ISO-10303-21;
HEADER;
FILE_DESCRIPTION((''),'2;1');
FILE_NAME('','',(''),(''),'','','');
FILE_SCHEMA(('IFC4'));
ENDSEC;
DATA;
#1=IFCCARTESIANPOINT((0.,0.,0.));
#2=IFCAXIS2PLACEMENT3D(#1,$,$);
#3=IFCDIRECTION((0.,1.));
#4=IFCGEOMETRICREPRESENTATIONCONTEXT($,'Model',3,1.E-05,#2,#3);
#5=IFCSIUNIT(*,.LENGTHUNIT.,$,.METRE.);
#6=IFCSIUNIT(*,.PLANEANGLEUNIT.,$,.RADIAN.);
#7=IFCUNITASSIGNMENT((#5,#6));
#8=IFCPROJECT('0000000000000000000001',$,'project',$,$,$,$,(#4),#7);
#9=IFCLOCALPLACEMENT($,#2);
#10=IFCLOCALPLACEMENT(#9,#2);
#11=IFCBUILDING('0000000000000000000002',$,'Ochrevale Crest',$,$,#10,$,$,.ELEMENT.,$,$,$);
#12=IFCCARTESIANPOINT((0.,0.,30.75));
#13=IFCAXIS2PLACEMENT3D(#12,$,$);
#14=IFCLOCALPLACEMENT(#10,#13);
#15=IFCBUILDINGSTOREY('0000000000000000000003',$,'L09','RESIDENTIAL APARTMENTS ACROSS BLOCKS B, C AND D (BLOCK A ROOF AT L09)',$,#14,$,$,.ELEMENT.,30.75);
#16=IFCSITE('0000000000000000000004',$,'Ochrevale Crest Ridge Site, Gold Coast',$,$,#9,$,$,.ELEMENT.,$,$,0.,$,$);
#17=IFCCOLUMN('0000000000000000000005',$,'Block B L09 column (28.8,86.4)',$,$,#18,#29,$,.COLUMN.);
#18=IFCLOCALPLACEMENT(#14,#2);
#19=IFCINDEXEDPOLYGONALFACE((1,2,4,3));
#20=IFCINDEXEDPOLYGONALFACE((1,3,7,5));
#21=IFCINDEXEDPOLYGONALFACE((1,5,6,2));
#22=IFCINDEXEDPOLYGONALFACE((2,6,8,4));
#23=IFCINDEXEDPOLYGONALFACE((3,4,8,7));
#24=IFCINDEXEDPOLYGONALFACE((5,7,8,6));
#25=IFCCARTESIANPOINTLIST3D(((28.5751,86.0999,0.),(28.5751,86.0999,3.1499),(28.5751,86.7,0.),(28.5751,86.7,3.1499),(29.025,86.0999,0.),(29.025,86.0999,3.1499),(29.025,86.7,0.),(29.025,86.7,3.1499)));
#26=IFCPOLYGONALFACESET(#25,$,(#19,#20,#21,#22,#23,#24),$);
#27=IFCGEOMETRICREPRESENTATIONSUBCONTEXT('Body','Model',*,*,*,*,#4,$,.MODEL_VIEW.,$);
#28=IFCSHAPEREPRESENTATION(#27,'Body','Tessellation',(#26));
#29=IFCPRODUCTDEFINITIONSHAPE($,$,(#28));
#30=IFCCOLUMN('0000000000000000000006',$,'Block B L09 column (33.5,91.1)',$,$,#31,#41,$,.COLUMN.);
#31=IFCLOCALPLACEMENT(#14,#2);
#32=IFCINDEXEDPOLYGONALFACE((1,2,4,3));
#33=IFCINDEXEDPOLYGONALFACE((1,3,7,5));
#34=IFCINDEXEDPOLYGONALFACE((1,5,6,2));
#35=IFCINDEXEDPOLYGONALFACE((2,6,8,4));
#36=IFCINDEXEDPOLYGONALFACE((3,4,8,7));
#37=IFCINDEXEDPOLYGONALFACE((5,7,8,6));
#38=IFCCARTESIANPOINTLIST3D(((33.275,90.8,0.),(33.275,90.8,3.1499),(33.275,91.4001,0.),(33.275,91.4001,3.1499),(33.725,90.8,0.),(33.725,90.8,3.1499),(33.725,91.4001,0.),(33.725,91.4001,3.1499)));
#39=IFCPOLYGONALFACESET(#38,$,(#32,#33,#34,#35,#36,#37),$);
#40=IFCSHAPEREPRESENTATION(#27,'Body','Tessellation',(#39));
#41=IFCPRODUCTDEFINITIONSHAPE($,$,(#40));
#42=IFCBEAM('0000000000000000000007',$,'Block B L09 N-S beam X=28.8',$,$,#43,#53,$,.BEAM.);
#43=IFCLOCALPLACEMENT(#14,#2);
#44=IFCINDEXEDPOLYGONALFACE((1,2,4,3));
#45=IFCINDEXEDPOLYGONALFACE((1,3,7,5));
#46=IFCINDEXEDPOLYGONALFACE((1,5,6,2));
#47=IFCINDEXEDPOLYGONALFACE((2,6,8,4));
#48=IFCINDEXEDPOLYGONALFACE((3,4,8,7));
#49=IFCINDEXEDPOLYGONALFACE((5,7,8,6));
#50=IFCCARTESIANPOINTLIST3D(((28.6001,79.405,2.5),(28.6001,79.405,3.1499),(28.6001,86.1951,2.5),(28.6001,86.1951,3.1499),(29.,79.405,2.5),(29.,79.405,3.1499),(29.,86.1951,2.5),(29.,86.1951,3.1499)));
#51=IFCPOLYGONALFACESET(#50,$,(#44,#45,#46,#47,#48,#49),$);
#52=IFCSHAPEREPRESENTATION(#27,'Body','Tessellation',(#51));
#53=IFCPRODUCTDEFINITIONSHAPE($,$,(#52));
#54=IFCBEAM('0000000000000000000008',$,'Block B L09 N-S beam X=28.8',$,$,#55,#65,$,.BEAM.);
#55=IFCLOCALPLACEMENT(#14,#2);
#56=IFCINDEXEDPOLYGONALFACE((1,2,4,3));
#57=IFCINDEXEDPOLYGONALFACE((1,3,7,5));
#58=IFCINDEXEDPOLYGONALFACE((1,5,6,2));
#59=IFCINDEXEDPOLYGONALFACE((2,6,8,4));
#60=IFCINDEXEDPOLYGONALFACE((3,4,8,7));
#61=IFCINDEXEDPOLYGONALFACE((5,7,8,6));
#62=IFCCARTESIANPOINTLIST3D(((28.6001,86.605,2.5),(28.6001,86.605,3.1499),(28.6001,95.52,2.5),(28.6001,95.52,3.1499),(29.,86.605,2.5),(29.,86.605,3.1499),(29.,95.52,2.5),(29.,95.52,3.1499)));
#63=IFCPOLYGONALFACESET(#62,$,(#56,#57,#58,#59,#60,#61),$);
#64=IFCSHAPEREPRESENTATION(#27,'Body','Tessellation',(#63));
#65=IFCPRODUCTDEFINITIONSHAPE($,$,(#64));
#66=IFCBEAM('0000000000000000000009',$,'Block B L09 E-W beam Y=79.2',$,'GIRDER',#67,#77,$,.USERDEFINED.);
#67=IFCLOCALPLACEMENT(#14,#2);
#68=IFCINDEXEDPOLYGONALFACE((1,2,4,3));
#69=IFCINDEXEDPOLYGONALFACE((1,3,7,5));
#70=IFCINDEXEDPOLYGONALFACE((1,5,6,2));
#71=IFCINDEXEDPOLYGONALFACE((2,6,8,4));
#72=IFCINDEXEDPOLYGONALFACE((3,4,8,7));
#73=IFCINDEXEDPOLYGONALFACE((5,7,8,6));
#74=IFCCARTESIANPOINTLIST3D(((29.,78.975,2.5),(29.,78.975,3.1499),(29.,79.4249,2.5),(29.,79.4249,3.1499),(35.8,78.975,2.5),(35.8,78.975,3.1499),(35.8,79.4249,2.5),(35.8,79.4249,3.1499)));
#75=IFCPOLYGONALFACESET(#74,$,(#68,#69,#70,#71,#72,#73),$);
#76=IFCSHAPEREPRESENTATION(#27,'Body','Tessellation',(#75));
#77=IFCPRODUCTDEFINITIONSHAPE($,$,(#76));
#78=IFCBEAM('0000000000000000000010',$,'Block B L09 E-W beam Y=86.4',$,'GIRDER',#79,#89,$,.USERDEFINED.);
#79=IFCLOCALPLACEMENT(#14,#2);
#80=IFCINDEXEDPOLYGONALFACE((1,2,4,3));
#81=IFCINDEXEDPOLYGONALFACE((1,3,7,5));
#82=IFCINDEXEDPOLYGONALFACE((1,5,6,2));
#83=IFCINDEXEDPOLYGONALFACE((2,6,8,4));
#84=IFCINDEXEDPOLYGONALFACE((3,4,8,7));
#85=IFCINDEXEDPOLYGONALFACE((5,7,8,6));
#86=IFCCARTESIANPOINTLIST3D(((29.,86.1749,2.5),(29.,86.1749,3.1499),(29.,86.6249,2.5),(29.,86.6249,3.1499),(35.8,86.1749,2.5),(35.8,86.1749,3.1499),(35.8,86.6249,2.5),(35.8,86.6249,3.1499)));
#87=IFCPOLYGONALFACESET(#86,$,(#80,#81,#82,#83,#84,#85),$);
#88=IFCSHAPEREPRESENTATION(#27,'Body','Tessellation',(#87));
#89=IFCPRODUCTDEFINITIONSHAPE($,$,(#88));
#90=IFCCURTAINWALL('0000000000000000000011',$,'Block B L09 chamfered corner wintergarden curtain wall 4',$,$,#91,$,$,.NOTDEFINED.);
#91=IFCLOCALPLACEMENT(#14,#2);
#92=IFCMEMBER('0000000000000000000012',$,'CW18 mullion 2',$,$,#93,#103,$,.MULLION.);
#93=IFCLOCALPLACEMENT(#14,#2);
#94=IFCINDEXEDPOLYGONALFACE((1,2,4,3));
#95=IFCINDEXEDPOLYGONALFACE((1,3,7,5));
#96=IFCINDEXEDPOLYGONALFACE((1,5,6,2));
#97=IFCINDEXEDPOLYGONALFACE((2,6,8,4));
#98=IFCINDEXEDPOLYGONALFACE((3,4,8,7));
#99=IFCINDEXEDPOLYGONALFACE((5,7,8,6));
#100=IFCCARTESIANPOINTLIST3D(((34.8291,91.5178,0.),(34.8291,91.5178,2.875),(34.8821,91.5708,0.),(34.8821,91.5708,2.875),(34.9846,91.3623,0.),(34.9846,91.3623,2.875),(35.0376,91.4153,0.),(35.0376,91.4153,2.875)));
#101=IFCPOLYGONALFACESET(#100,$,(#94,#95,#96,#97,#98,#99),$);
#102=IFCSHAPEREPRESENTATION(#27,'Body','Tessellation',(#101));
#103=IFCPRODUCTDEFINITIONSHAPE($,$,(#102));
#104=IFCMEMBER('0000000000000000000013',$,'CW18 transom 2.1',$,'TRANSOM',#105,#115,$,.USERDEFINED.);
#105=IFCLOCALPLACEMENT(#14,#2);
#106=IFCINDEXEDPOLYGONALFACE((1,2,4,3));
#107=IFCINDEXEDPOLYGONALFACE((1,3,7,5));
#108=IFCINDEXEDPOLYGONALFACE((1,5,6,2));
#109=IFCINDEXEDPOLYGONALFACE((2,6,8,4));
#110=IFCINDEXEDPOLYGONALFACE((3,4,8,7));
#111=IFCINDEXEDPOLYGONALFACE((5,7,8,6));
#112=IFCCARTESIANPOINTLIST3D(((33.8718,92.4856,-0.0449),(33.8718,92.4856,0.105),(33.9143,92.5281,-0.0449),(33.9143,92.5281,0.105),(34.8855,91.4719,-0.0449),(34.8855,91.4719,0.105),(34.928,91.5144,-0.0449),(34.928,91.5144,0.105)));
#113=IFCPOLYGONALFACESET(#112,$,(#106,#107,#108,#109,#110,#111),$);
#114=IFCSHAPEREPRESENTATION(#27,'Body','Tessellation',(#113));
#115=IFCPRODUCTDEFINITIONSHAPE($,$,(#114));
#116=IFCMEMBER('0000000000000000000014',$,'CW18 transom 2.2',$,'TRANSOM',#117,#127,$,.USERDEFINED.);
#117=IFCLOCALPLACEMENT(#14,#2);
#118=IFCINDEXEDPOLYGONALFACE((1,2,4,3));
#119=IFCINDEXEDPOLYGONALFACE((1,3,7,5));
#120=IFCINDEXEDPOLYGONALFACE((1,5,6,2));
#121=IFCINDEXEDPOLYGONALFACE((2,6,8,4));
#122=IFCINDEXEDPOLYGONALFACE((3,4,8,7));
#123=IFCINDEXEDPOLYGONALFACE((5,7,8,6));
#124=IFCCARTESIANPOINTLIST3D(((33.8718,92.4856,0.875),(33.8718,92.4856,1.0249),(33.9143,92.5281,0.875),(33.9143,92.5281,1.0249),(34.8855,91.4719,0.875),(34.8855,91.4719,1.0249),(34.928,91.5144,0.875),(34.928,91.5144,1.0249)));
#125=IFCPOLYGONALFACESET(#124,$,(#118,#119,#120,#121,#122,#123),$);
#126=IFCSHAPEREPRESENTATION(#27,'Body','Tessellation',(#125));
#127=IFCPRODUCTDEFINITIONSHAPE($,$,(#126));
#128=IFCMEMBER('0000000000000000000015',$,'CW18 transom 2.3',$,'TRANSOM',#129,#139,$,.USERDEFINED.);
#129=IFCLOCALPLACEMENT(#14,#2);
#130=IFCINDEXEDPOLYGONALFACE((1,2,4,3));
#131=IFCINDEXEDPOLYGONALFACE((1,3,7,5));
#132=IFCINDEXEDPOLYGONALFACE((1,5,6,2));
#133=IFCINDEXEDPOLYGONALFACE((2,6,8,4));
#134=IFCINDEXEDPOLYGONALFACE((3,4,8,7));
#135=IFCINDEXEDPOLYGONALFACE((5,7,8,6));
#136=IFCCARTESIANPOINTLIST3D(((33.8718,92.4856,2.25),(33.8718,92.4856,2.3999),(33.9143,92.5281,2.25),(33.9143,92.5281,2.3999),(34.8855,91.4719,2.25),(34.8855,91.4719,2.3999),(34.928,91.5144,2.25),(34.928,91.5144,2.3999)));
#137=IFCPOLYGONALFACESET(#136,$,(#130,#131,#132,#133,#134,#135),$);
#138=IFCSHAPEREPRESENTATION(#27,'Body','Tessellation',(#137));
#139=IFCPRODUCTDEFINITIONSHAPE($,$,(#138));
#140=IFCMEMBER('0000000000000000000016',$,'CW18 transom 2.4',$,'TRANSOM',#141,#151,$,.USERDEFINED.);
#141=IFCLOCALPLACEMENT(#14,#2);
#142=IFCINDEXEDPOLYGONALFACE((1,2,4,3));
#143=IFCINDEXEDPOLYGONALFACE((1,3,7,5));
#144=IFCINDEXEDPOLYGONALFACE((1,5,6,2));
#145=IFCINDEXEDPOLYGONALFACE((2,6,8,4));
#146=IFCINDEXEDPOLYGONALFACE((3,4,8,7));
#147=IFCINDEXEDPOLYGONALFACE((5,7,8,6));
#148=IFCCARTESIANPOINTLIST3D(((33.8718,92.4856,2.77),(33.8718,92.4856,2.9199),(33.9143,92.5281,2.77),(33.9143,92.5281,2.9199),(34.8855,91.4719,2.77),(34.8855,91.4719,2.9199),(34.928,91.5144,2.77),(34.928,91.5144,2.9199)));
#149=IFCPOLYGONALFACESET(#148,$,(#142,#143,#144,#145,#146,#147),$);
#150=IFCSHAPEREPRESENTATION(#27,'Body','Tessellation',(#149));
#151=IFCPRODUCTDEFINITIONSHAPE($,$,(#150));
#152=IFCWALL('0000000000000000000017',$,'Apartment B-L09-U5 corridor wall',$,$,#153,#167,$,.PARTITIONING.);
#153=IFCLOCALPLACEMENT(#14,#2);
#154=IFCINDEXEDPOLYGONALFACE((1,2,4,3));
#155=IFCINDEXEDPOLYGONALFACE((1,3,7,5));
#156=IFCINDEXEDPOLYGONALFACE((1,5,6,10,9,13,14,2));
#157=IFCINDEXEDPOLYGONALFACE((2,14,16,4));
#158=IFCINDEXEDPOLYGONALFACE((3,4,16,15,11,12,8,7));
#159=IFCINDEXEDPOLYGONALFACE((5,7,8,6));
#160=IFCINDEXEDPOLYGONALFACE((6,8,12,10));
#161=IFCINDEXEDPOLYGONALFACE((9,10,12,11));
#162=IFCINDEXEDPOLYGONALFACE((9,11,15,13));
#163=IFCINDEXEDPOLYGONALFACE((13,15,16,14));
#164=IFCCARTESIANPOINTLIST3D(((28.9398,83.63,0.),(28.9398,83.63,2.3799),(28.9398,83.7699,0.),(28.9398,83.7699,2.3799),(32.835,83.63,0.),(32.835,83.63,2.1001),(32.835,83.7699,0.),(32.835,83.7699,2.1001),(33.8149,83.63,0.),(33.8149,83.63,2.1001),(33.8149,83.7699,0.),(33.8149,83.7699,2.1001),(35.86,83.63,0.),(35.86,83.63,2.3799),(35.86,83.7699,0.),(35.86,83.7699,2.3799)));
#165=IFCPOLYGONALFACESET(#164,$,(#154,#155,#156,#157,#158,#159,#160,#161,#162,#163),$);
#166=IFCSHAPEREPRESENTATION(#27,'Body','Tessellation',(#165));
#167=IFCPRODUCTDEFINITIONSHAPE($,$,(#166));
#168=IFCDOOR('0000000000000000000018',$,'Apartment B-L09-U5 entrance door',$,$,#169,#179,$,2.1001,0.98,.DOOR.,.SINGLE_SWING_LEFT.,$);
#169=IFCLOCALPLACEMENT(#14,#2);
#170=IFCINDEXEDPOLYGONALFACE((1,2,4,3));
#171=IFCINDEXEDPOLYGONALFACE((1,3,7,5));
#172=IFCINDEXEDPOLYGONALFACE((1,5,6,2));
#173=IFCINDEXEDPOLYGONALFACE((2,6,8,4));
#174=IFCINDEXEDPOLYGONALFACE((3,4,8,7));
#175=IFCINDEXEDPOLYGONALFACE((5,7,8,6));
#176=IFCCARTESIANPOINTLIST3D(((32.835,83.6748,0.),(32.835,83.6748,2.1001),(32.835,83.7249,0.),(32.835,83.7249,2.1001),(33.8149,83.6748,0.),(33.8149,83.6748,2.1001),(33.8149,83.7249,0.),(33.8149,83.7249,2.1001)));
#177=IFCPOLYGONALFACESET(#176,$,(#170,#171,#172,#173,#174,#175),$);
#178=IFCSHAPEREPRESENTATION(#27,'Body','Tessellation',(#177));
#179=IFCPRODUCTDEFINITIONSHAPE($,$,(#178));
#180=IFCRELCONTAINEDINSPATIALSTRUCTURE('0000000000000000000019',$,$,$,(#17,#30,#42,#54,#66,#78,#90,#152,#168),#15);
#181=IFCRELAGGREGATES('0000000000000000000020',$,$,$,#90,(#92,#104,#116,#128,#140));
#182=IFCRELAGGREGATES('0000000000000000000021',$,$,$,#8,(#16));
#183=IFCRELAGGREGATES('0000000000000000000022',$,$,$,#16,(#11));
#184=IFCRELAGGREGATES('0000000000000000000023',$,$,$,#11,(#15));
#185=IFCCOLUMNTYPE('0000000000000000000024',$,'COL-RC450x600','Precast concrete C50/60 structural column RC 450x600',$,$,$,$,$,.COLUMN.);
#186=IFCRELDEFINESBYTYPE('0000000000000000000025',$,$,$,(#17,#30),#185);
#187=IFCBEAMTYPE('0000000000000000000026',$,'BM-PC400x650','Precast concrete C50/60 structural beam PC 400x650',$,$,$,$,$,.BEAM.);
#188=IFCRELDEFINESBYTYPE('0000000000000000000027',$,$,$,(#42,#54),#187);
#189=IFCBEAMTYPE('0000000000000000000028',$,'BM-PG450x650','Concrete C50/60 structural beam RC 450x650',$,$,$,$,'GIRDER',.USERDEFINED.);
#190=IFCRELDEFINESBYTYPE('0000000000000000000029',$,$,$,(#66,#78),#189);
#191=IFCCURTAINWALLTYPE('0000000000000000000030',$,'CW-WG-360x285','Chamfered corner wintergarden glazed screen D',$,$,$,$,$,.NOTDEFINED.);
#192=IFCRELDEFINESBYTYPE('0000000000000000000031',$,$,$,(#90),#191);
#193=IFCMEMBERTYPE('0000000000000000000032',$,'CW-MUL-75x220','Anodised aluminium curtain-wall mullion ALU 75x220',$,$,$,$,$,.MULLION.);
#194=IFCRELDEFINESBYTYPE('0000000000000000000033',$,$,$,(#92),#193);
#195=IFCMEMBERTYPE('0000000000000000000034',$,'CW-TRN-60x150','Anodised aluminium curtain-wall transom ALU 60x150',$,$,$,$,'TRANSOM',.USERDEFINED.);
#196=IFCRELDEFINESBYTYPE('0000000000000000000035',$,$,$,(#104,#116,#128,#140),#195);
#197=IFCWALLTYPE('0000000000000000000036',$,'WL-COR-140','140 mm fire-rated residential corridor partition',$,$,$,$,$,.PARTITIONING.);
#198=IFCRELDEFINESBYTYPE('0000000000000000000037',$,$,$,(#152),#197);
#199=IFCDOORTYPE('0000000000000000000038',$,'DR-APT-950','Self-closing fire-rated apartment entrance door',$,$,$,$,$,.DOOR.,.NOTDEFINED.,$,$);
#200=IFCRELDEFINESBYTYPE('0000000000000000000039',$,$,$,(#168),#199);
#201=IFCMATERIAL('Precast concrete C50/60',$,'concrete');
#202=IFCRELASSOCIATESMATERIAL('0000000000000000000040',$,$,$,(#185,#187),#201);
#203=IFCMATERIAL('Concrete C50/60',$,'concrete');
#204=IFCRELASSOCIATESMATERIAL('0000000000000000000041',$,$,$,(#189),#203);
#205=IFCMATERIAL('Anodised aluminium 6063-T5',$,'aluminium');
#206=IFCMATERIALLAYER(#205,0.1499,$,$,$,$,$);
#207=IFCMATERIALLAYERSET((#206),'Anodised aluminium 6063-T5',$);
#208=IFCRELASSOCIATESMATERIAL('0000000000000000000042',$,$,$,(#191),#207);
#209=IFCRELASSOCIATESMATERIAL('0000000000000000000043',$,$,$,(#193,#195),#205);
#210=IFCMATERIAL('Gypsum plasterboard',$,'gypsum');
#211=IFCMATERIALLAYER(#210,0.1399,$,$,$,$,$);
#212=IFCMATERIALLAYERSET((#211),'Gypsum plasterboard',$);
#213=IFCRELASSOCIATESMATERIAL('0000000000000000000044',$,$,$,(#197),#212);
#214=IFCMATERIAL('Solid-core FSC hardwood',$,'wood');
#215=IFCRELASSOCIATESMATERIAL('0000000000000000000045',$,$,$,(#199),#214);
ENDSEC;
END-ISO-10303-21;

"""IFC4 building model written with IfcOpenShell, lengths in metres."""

from ifc_helpers import new_model, si_unit, direction, frame, frame_2d, origin, origin_2d, place, context, subcontext, project, spatial, rectangle, extrude, material, layer, layer_set, material_profile, profile_set, type_object, element, fill, aggregate, save


model = new_model("IFC4")

# Units and contexts
model_context = context("Model", 3, precision=1e-05, world=origin(), true_north=direction((0.0, 1.0)))
body_context = subcontext(model_context, "Body", "Model", "MODEL_VIEW")
ifc_project = project(units=[si_unit("LENGTHUNIT", "METRE"), si_unit("PLANEANGLEUNIT", "RADIAN")], contexts=[model_context])

# Site, building, storey
site_placement = place(None, origin())
site = spatial("IfcSite", under=ifc_project, at=site_placement, Name="Ochrevale Crest Ridge Site, Gold Coast", CompositionType="ELEMENT", RefElevation=0.0)
building_placement = place(site_placement, origin())
building = spatial("IfcBuilding", under=site, at=building_placement, Name="Ochrevale Crest", CompositionType="ELEMENT")
storey_placement = place(building_placement, frame((0.0, 0.0, 30.75)))
storey = spatial("IfcBuildingStorey", under=building, at=storey_placement, Name="L09", Description="RESIDENTIAL APARTMENTS ACROSS BLOCKS B, C AND D (BLOCK A ROOF AT L09)", CompositionType="ELEMENT", Elevation=30.75)

# Columns
ifc_material_1 = material(Name="Precast concrete C50/60", Category="concrete")
ifc_material_profile_1 = material_profile(ifc_material_1, rectangle(XDim=0.45, YDim=0.6001, at=origin_2d()), Name="RC 450x600")
ifc_profile_set_1 = profile_set([ifc_material_profile_1], Name="Precast concrete C50/60")
column_type = type_object("IfcColumnType", Name="COL-RC450x600", Description="Precast concrete C50/60 structural column RC 450x600", PredefinedType="COLUMN", material=ifc_profile_set_1)
for number, where, z_axis, x_axis, name in (
    (1, (28.8, 86.3999, 0.0), (0.0, 0.0, 1.0), (1.0, 0.0, 0.0), "Block B L09 column (28.8,86.4)"),
    (2, (33.5, 91.1001, 0.0), (0.0, 0.0, 1.0), (1.0, 0.0, 0.0), "Block B L09 column (33.5,91.1)"),
):
    element("IfcColumn", number, at=place(storey_placement, frame(where, z_axis=z_axis, x_axis=x_axis)), inside=storey, type_object=column_type, Name=name, PredefinedType="COLUMN", context=body_context, shape_type="SweptSolid", body=[
        extrude(rectangle(XDim=0.45, YDim=0.6001, at=origin_2d()), origin(), (0.0, 0.0, 1.0), 3.1499),
    ])

# Beams
ifc_material_profile_2 = material_profile(ifc_material_1, rectangle(XDim=0.3999, YDim=0.6499, at=origin_2d()), Name="PC 400x650")
ifc_profile_set_2 = profile_set([ifc_material_profile_2], Name="Precast concrete C50/60")
beam_type_1 = type_object("IfcBeamType", Name="BM-PC400x650", Description="Precast concrete C50/60 structural beam PC 400x650", PredefinedType="BEAM", material=ifc_profile_set_2)
beam_1_placement = place(storey_placement, frame((28.8, 79.405, 2.825), z_axis=(0.0, 1.0, 0.0), x_axis=(-1.0, 0.0, 0.0)))
element("IfcBeam", 3, at=beam_1_placement, inside=storey, type_object=beam_type_1, Name="Block B L09 N-S beam X=28.8", PredefinedType="BEAM", context=body_context, shape_type="SweptSolid", body=[
    extrude(rectangle(XDim=0.3999, YDim=0.6499, at=origin_2d()), origin(), (0.0, 0.0, 1.0), 6.79),
])
beam_2_placement = place(storey_placement, frame((28.8, 86.605, 2.825), z_axis=(0.0, 1.0, 0.0), x_axis=(-1.0, 0.0, 0.0)))
element("IfcBeam", 4, at=beam_2_placement, inside=storey, type_object=beam_type_1, Name="Block B L09 N-S beam X=28.8", PredefinedType="BEAM", context=body_context, shape_type="SweptSolid", body=[
    extrude(rectangle(XDim=0.3999, YDim=0.6499, at=origin_2d()), origin(), (0.0, 0.0, 1.0), 8.915),
])
ifc_material_2 = material(Name="Concrete C50/60", Category="concrete")
ifc_material_profile_3 = material_profile(ifc_material_2, rectangle(XDim=0.45, YDim=0.6499, at=origin_2d()), Name="RC 450x650")
ifc_profile_set_3 = profile_set([ifc_material_profile_3], Name="Concrete C50/60")
beam_type_2 = type_object("IfcBeamType", Name="BM-PG450x650", Description="Concrete C50/60 structural beam RC 450x650", ElementType="GIRDER", PredefinedType="USERDEFINED", material=ifc_profile_set_3)
for number, where, z_axis, x_axis, name in (
    (5, (29.0, 79.2, 2.825), (1.0, 0.0, 0.0), (0.0, 1.0, 0.0), "Block B L09 E-W beam Y=79.2"),
    (6, (29.0, 86.3999, 2.825), (1.0, 0.0, 0.0), (0.0, 1.0, 0.0), "Block B L09 E-W beam Y=86.4"),
):
    element("IfcBeam", number, at=place(storey_placement, frame(where, z_axis=z_axis, x_axis=x_axis)), inside=storey, type_object=beam_type_2, Name=name, ObjectType="GIRDER", PredefinedType="USERDEFINED", context=body_context, shape_type="SweptSolid", body=[
        extrude(rectangle(XDim=0.45, YDim=0.6499, at=origin_2d()), origin(), (0.0, 0.0, 1.0), 6.8),
    ])

# Curtain wall, members
ifc_material_3 = material(Name="Anodised aluminium 6063-T5", Category="aluminium")
ifc_layer_1 = layer(ifc_material_3, 0.1499)
ifc_layer_set_1 = layer_set([ifc_layer_1], Name="Anodised aluminium 6063-T5")
curtain_wall_type = type_object("IfcCurtainWallType", Name="CW-WG-360x285", Description="Chamfered corner wintergarden glazed screen D", PredefinedType="NOTDEFINED", material=ifc_layer_set_1)
curtain_wall_placement = place(storey_placement, origin())
curtain_wall = element("IfcCurtainWall", 7, at=curtain_wall_placement, inside=storey, type_object=curtain_wall_type, Name="Block B L09 chamfered corner wintergarden curtain wall 4", PredefinedType="NOTDEFINED")
ifc_material_profile_4 = material_profile(ifc_material_3, rectangle(XDim=0.075, YDim=0.22, at=origin_2d()), Name="ALU 75x220")
ifc_profile_set_4 = profile_set([ifc_material_profile_4], Name="Anodised aluminium 6063-T5")
member_type_1 = type_object("IfcMemberType", Name="CW-MUL-75x220", Description="Anodised aluminium curtain-wall mullion ALU 75x220", PredefinedType="MULLION", material=ifc_profile_set_4)
member_1_placement = place(storey_placement, frame((34.9333, 91.4666, 0.0), z_axis=(0.0, 0.0, 1.0), x_axis=(-0.707107, -0.707107, 0.0)))
member_1 = element("IfcMember", 8, at=member_1_placement, type_object=member_type_1, Name="CW18 mullion 2", PredefinedType="MULLION", context=body_context, shape_type="SweptSolid", body=[
    extrude(rectangle(XDim=0.075, YDim=0.22, at=origin_2d()), origin(), (0.0, 0.0, 1.0), 2.875),
])
ifc_material_profile_5 = material_profile(ifc_material_3, rectangle(XDim=0.0601, YDim=0.1499, at=origin_2d()), Name="ALU 60x150")
ifc_profile_set_5 = profile_set([ifc_material_profile_5], Name="Anodised aluminium 6063-T5")
member_type_2 = type_object("IfcMemberType", Name="CW-TRN-60x150", Description="Anodised aluminium curtain-wall transom ALU 60x150", ElementType="TRANSOM", PredefinedType="USERDEFINED", material=ifc_profile_set_5)
member_2_placement = place(storey_placement, frame((34.9067, 91.4932, 0.03), z_axis=(-0.707107, 0.707107, 0.0), x_axis=(-0.707107, -0.707107, 0.0)))
member_2 = element("IfcMember", 9, at=member_2_placement, type_object=member_type_2, Name="CW18 transom 2.1", ObjectType="TRANSOM", PredefinedType="USERDEFINED", context=body_context, shape_type="SweptSolid", body=[
    extrude(rectangle(XDim=0.0601, YDim=0.1499, at=origin_2d()), origin(), (0.0, 0.0, 1.0), 1.4336),
])
member_3_placement = place(storey_placement, frame((34.9067, 91.4932, 0.95), z_axis=(-0.707107, 0.707107, 0.0), x_axis=(-0.707107, -0.707107, 0.0)))
member_3 = element("IfcMember", 10, at=member_3_placement, type_object=member_type_2, Name="CW18 transom 2.2", ObjectType="TRANSOM", PredefinedType="USERDEFINED", context=body_context, shape_type="SweptSolid", body=[
    extrude(rectangle(XDim=0.0601, YDim=0.1499, at=origin_2d()), origin(), (0.0, 0.0, 1.0), 1.4336),
])
member_4_placement = place(storey_placement, frame((34.9067, 91.4932, 2.325), z_axis=(-0.707107, 0.707107, 0.0), x_axis=(-0.707107, -0.707107, 0.0)))
member_4 = element("IfcMember", 11, at=member_4_placement, type_object=member_type_2, Name="CW18 transom 2.3", ObjectType="TRANSOM", PredefinedType="USERDEFINED", context=body_context, shape_type="SweptSolid", body=[
    extrude(rectangle(XDim=0.0601, YDim=0.1499, at=origin_2d()), origin(), (0.0, 0.0, 1.0), 1.4336),
])
member_5_placement = place(storey_placement, frame((34.9067, 91.4932, 2.845), z_axis=(-0.707107, 0.707107, 0.0), x_axis=(-0.707107, -0.707107, 0.0)))
member_5 = element("IfcMember", 12, at=member_5_placement, type_object=member_type_2, Name="CW18 transom 2.4", ObjectType="TRANSOM", PredefinedType="USERDEFINED", context=body_context, shape_type="SweptSolid", body=[
    extrude(rectangle(XDim=0.0601, YDim=0.1499, at=origin_2d()), origin(), (0.0, 0.0, 1.0), 1.4336),
])
aggregate(curtain_wall, [member_1, member_2, member_3, member_4, member_5])

# Wall, opening, door
ifc_material_4 = material(Name="Gypsum plasterboard", Category="gypsum")
ifc_layer_2 = layer(ifc_material_4, 0.1399)
ifc_layer_set_2 = layer_set([ifc_layer_2], Name="Gypsum plasterboard")
wall_type_1 = type_object("IfcWallType", Name="WL-COR-140", Description="140 mm fire-rated residential corridor partition", PredefinedType="PARTITIONING", material=ifc_layer_set_2)
wall_1_placement = place(storey_placement, frame((28.9399, 83.7, 0.0), z_axis=(0.0, 0.0, 1.0), x_axis=(1.0, 0.0, 0.0)))
wall_1 = element("IfcWall", 13, at=wall_1_placement, inside=storey, type_object=wall_type_1, Name="Apartment B-L09-U5 corridor wall", PredefinedType="PARTITIONING", context=body_context, shape_type="SweptSolid", body=[
    extrude(rectangle(XDim=6.9202, YDim=0.1399, at=frame_2d((3.46, 0.0))), origin(), (0.0, 0.0, 1.0), 2.3799),
])
opening_1_placement = place(wall_1_placement, frame((3.895, 0.0, 0.0)))
opening_1 = element("IfcOpeningElement", 14, at=opening_1_placement, cuts=wall_1, PredefinedType="OPENING", context=body_context, shape_type="SweptSolid", body=[
    extrude(rectangle(XDim=0.98, YDim=2.1001, at=frame_2d((0.49, 1.05))), frame((0.0, 0.0801, 0.0), z_axis=(0.0, -1.0, 0.0), x_axis=(1.0, 0.0, 0.0)), (0.0, 0.0, 1.0), 0.1599),
])
ifc_material_5 = material(Name="Solid-core FSC hardwood", Category="wood")
door_type_1 = type_object("IfcDoorType", Name="DR-APT-950", Description="Self-closing fire-rated apartment entrance door", OperationType="NOTDEFINED", PredefinedType="DOOR", material=ifc_material_5)
door_1_placement = place(opening_1_placement, origin())
door_1 = element("IfcDoor", 15, at=door_1_placement, inside=storey, type_object=door_type_1, Name="Apartment B-L09-U5 entrance door", OperationType="SINGLE_SWING_LEFT", OverallHeight=2.1001, OverallWidth=0.98, PredefinedType="DOOR", context=body_context, shape_type="SweptSolid", body=[
    extrude(rectangle(XDim=0.98, YDim=2.1001, at=frame_2d((0.49, 1.05))), frame((0.0, 0.0249, 0.0), z_axis=(0.0, -1.0, 0.0), x_axis=(1.0, 0.0, 0.0)), (0.0, 0.0, 1.0), 0.05),
])
fill(opening_1, door_1)

save(model, "model.ifc")
